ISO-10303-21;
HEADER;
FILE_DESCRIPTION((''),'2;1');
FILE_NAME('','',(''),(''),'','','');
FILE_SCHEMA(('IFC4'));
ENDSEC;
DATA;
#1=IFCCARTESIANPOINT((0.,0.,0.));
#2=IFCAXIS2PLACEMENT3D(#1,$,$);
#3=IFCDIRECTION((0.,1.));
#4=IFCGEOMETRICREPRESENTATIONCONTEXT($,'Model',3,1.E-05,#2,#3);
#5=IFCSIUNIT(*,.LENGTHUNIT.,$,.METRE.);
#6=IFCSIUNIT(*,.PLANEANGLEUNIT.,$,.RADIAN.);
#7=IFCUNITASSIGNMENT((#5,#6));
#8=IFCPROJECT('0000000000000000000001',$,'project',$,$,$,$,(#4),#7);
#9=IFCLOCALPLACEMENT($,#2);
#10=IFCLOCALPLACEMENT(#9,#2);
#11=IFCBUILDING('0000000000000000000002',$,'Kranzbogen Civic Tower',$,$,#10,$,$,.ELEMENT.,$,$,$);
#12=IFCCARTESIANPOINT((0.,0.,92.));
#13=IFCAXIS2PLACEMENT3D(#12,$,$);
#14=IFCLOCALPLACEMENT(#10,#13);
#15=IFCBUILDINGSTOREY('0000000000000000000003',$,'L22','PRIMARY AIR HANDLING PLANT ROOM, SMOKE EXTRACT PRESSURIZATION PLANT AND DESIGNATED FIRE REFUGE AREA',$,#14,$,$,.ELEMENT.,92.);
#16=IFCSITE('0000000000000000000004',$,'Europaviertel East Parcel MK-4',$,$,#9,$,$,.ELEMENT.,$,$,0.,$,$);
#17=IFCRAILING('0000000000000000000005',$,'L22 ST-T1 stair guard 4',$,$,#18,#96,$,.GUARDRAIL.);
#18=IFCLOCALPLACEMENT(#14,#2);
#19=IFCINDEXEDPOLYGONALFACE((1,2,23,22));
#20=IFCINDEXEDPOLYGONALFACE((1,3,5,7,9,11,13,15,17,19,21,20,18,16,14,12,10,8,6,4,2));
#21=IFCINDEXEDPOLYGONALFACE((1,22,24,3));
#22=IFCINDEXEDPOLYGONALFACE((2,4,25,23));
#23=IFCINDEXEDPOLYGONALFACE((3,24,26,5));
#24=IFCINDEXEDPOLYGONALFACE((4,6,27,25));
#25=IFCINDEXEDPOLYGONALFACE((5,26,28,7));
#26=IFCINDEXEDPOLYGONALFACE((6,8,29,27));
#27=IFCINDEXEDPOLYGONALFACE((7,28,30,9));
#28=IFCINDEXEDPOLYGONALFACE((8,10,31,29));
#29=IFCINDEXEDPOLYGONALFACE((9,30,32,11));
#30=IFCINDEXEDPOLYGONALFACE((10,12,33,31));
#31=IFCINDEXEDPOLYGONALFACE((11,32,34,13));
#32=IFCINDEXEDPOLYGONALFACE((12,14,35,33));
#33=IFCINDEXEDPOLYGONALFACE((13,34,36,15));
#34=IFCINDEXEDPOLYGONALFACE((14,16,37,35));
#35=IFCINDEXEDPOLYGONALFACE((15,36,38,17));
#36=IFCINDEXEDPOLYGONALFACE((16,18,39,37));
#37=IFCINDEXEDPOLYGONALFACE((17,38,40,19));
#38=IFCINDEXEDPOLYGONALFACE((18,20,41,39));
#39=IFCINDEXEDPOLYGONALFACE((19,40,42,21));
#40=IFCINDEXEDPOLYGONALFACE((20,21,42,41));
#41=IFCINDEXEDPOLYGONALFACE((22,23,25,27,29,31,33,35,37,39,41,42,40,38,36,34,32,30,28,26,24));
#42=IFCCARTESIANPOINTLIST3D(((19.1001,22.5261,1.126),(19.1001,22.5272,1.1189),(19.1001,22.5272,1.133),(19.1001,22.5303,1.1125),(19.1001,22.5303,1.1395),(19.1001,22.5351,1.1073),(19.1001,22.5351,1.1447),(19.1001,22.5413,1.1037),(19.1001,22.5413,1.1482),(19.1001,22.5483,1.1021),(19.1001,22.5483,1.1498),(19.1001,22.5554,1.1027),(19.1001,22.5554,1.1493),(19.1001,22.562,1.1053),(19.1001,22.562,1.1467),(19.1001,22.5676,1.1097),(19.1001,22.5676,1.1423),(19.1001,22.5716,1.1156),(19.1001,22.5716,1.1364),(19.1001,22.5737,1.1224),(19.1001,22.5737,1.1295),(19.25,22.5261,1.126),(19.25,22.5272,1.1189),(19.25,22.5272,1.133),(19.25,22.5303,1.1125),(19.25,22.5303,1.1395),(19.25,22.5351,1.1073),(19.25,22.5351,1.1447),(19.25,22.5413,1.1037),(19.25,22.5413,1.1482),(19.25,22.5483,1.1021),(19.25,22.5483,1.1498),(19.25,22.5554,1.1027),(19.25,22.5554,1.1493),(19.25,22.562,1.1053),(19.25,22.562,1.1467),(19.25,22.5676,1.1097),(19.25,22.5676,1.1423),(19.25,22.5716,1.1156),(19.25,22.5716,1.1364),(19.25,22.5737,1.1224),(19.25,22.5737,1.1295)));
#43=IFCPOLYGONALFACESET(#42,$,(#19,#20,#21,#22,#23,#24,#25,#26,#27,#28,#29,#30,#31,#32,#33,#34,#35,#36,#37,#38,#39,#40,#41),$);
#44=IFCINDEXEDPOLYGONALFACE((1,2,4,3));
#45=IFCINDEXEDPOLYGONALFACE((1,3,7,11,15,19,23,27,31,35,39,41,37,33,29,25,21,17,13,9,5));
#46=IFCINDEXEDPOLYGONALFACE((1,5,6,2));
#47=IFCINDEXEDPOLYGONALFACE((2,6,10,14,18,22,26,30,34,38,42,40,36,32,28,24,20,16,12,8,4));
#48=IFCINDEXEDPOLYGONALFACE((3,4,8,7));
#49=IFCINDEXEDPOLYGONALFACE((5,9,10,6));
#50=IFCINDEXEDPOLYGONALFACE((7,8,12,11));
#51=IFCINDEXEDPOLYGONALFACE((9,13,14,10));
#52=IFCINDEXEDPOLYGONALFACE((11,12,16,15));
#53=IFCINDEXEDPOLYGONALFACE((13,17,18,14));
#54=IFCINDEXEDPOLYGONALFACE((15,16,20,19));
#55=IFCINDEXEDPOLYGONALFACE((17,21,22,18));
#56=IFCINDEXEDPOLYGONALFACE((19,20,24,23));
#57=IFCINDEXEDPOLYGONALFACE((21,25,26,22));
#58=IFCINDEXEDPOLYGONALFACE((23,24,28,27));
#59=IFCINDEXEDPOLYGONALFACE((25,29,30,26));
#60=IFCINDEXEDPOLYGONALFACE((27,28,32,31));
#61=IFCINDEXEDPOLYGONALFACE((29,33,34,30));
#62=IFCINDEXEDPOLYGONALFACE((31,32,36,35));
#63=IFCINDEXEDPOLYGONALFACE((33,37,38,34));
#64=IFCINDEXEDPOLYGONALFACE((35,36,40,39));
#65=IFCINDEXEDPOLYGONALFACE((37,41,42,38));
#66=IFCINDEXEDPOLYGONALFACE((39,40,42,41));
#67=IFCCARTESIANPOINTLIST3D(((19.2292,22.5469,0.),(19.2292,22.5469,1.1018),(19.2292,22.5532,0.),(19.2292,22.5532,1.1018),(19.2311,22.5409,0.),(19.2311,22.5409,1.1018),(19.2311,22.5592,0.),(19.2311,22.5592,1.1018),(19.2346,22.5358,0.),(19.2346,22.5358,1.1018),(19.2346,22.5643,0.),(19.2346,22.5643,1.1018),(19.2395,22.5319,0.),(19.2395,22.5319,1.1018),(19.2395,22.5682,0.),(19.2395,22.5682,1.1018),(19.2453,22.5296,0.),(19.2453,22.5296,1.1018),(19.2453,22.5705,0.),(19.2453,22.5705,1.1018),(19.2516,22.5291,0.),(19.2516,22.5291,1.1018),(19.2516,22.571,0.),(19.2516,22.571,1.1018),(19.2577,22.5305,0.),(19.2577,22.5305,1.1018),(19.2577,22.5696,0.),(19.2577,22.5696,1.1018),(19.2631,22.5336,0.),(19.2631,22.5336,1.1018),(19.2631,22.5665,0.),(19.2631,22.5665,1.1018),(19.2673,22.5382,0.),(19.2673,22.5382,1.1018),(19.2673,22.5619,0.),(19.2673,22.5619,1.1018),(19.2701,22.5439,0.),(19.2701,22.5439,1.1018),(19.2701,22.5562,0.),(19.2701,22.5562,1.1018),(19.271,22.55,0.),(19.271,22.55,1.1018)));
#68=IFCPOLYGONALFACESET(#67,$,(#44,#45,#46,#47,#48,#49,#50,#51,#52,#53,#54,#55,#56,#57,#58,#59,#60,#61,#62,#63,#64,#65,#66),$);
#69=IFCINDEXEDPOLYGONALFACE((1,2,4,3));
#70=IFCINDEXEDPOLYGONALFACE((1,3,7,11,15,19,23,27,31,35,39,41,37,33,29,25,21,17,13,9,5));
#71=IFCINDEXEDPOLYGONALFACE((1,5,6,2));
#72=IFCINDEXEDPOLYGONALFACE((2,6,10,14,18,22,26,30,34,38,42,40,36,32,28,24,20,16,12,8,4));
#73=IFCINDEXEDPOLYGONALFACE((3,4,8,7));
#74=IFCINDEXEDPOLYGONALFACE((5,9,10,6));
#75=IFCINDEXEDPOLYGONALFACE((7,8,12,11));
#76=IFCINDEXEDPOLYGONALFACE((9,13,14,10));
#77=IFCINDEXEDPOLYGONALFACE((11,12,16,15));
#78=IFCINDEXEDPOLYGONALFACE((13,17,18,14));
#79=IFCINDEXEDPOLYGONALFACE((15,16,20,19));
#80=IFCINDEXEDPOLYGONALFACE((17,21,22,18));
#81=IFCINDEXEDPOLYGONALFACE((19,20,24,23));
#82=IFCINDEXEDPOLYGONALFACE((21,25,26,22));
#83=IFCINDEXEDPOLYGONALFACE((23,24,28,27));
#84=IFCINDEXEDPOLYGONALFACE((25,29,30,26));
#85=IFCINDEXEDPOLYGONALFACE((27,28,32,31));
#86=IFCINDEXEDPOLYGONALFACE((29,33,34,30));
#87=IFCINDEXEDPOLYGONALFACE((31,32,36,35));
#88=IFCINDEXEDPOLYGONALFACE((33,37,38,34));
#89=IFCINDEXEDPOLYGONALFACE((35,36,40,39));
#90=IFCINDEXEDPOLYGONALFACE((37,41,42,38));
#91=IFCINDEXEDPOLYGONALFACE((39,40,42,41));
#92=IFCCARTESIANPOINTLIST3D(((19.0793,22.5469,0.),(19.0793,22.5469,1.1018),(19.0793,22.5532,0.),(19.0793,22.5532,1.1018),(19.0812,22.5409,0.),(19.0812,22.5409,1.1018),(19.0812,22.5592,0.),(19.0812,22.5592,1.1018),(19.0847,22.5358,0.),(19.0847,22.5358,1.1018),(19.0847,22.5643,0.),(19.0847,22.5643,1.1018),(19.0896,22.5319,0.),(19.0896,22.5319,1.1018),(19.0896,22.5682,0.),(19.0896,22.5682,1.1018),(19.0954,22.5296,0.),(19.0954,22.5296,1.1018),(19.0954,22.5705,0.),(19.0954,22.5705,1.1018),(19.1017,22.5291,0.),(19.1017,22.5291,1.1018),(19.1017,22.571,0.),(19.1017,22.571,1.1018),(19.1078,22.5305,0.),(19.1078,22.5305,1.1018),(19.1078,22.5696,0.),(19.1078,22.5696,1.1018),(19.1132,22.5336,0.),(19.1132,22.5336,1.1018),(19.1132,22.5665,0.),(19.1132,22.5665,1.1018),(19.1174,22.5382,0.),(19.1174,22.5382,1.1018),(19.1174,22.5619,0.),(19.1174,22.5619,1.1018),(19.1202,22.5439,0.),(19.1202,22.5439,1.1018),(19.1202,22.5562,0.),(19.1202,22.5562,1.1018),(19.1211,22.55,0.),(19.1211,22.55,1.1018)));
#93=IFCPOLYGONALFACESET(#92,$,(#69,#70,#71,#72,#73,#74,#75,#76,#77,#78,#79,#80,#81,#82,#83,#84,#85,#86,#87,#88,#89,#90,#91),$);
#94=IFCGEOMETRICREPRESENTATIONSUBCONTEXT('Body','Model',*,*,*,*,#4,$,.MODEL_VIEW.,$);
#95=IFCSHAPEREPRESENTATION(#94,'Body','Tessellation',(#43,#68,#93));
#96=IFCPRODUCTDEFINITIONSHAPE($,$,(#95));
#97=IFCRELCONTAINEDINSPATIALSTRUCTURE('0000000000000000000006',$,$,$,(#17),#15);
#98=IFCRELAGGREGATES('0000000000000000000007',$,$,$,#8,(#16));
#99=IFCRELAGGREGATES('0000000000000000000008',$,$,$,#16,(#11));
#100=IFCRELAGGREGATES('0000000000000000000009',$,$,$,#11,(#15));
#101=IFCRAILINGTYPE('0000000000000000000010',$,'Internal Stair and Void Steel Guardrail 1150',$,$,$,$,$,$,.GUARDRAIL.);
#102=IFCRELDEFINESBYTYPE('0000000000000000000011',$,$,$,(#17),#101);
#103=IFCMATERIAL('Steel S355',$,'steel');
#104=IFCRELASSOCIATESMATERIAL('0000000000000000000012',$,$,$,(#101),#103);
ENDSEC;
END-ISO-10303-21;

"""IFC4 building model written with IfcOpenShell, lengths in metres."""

from ifc_helpers import new_model, si_unit, direction, frame, origin, origin_2d, place, context, subcontext, project, spatial, circle, extrude, material, type_object, element, save


model = new_model("IFC4")

# Units and contexts
model_context = context("Model", 3, precision=1e-05, world=origin(), true_north=direction((0.0, 1.0)))
body_context = subcontext(model_context, "Body", "Model", "MODEL_VIEW")
ifc_project = project(units=[si_unit("LENGTHUNIT", "METRE"), si_unit("PLANEANGLEUNIT", "RADIAN")], contexts=[model_context])

# Site, building, storey
site_placement = place(None, origin())
site = spatial("IfcSite", under=ifc_project, at=site_placement, Name="Europaviertel East Parcel MK-4", CompositionType="ELEMENT", RefElevation=0.0)
building_placement = place(site_placement, origin())
building = spatial("IfcBuilding", under=site, at=building_placement, Name="Kranzbogen Civic Tower", CompositionType="ELEMENT")
storey_placement = place(building_placement, frame((0.0, 0.0, 92.0)))
storey = spatial("IfcBuildingStorey", under=building, at=storey_placement, Name="L22", Description="PRIMARY AIR HANDLING PLANT ROOM, SMOKE EXTRACT PRESSURIZATION PLANT AND DESIGNATED FIRE REFUGE AREA", CompositionType="ELEMENT", Elevation=92.0)

# Shared definitions
ifc_material_1 = material(Name="Steel S355", Category="steel")

# Railing
railing_type_1 = type_object("IfcRailingType", Name="Internal Stair and Void Steel Guardrail 1150", PredefinedType="GUARDRAIL", material=ifc_material_1)
railing_1_placement = place(storey_placement, frame((19.25, 22.55, 0.0)))
element("IfcRailing", 1, at=railing_1_placement, inside=storey, type_object=railing_type_1, Name="L22 ST-T1 stair guard 4", PredefinedType="GUARDRAIL", context=body_context, shape_type="SweptSolid", body=[
    extrude(circle(Radius=0.0239, at=origin_2d()), frame((0.0, 0.0, 1.126), z_axis=(-1.0, 0.0, 0.0), x_axis=(0.0, -1.0, 0.0)), (0.0, 0.0, 1.0), 0.1499),
    extrude(circle(Radius=0.021, at=origin_2d()), origin(), (0.0, 0.0, 1.0), 1.1018),
    extrude(circle(Radius=0.021, at=origin_2d()), frame((-0.1499, 0.0, 0.0)), (0.0, 0.0, 1.0), 1.1018),
])

save(model, "model.ifc")
